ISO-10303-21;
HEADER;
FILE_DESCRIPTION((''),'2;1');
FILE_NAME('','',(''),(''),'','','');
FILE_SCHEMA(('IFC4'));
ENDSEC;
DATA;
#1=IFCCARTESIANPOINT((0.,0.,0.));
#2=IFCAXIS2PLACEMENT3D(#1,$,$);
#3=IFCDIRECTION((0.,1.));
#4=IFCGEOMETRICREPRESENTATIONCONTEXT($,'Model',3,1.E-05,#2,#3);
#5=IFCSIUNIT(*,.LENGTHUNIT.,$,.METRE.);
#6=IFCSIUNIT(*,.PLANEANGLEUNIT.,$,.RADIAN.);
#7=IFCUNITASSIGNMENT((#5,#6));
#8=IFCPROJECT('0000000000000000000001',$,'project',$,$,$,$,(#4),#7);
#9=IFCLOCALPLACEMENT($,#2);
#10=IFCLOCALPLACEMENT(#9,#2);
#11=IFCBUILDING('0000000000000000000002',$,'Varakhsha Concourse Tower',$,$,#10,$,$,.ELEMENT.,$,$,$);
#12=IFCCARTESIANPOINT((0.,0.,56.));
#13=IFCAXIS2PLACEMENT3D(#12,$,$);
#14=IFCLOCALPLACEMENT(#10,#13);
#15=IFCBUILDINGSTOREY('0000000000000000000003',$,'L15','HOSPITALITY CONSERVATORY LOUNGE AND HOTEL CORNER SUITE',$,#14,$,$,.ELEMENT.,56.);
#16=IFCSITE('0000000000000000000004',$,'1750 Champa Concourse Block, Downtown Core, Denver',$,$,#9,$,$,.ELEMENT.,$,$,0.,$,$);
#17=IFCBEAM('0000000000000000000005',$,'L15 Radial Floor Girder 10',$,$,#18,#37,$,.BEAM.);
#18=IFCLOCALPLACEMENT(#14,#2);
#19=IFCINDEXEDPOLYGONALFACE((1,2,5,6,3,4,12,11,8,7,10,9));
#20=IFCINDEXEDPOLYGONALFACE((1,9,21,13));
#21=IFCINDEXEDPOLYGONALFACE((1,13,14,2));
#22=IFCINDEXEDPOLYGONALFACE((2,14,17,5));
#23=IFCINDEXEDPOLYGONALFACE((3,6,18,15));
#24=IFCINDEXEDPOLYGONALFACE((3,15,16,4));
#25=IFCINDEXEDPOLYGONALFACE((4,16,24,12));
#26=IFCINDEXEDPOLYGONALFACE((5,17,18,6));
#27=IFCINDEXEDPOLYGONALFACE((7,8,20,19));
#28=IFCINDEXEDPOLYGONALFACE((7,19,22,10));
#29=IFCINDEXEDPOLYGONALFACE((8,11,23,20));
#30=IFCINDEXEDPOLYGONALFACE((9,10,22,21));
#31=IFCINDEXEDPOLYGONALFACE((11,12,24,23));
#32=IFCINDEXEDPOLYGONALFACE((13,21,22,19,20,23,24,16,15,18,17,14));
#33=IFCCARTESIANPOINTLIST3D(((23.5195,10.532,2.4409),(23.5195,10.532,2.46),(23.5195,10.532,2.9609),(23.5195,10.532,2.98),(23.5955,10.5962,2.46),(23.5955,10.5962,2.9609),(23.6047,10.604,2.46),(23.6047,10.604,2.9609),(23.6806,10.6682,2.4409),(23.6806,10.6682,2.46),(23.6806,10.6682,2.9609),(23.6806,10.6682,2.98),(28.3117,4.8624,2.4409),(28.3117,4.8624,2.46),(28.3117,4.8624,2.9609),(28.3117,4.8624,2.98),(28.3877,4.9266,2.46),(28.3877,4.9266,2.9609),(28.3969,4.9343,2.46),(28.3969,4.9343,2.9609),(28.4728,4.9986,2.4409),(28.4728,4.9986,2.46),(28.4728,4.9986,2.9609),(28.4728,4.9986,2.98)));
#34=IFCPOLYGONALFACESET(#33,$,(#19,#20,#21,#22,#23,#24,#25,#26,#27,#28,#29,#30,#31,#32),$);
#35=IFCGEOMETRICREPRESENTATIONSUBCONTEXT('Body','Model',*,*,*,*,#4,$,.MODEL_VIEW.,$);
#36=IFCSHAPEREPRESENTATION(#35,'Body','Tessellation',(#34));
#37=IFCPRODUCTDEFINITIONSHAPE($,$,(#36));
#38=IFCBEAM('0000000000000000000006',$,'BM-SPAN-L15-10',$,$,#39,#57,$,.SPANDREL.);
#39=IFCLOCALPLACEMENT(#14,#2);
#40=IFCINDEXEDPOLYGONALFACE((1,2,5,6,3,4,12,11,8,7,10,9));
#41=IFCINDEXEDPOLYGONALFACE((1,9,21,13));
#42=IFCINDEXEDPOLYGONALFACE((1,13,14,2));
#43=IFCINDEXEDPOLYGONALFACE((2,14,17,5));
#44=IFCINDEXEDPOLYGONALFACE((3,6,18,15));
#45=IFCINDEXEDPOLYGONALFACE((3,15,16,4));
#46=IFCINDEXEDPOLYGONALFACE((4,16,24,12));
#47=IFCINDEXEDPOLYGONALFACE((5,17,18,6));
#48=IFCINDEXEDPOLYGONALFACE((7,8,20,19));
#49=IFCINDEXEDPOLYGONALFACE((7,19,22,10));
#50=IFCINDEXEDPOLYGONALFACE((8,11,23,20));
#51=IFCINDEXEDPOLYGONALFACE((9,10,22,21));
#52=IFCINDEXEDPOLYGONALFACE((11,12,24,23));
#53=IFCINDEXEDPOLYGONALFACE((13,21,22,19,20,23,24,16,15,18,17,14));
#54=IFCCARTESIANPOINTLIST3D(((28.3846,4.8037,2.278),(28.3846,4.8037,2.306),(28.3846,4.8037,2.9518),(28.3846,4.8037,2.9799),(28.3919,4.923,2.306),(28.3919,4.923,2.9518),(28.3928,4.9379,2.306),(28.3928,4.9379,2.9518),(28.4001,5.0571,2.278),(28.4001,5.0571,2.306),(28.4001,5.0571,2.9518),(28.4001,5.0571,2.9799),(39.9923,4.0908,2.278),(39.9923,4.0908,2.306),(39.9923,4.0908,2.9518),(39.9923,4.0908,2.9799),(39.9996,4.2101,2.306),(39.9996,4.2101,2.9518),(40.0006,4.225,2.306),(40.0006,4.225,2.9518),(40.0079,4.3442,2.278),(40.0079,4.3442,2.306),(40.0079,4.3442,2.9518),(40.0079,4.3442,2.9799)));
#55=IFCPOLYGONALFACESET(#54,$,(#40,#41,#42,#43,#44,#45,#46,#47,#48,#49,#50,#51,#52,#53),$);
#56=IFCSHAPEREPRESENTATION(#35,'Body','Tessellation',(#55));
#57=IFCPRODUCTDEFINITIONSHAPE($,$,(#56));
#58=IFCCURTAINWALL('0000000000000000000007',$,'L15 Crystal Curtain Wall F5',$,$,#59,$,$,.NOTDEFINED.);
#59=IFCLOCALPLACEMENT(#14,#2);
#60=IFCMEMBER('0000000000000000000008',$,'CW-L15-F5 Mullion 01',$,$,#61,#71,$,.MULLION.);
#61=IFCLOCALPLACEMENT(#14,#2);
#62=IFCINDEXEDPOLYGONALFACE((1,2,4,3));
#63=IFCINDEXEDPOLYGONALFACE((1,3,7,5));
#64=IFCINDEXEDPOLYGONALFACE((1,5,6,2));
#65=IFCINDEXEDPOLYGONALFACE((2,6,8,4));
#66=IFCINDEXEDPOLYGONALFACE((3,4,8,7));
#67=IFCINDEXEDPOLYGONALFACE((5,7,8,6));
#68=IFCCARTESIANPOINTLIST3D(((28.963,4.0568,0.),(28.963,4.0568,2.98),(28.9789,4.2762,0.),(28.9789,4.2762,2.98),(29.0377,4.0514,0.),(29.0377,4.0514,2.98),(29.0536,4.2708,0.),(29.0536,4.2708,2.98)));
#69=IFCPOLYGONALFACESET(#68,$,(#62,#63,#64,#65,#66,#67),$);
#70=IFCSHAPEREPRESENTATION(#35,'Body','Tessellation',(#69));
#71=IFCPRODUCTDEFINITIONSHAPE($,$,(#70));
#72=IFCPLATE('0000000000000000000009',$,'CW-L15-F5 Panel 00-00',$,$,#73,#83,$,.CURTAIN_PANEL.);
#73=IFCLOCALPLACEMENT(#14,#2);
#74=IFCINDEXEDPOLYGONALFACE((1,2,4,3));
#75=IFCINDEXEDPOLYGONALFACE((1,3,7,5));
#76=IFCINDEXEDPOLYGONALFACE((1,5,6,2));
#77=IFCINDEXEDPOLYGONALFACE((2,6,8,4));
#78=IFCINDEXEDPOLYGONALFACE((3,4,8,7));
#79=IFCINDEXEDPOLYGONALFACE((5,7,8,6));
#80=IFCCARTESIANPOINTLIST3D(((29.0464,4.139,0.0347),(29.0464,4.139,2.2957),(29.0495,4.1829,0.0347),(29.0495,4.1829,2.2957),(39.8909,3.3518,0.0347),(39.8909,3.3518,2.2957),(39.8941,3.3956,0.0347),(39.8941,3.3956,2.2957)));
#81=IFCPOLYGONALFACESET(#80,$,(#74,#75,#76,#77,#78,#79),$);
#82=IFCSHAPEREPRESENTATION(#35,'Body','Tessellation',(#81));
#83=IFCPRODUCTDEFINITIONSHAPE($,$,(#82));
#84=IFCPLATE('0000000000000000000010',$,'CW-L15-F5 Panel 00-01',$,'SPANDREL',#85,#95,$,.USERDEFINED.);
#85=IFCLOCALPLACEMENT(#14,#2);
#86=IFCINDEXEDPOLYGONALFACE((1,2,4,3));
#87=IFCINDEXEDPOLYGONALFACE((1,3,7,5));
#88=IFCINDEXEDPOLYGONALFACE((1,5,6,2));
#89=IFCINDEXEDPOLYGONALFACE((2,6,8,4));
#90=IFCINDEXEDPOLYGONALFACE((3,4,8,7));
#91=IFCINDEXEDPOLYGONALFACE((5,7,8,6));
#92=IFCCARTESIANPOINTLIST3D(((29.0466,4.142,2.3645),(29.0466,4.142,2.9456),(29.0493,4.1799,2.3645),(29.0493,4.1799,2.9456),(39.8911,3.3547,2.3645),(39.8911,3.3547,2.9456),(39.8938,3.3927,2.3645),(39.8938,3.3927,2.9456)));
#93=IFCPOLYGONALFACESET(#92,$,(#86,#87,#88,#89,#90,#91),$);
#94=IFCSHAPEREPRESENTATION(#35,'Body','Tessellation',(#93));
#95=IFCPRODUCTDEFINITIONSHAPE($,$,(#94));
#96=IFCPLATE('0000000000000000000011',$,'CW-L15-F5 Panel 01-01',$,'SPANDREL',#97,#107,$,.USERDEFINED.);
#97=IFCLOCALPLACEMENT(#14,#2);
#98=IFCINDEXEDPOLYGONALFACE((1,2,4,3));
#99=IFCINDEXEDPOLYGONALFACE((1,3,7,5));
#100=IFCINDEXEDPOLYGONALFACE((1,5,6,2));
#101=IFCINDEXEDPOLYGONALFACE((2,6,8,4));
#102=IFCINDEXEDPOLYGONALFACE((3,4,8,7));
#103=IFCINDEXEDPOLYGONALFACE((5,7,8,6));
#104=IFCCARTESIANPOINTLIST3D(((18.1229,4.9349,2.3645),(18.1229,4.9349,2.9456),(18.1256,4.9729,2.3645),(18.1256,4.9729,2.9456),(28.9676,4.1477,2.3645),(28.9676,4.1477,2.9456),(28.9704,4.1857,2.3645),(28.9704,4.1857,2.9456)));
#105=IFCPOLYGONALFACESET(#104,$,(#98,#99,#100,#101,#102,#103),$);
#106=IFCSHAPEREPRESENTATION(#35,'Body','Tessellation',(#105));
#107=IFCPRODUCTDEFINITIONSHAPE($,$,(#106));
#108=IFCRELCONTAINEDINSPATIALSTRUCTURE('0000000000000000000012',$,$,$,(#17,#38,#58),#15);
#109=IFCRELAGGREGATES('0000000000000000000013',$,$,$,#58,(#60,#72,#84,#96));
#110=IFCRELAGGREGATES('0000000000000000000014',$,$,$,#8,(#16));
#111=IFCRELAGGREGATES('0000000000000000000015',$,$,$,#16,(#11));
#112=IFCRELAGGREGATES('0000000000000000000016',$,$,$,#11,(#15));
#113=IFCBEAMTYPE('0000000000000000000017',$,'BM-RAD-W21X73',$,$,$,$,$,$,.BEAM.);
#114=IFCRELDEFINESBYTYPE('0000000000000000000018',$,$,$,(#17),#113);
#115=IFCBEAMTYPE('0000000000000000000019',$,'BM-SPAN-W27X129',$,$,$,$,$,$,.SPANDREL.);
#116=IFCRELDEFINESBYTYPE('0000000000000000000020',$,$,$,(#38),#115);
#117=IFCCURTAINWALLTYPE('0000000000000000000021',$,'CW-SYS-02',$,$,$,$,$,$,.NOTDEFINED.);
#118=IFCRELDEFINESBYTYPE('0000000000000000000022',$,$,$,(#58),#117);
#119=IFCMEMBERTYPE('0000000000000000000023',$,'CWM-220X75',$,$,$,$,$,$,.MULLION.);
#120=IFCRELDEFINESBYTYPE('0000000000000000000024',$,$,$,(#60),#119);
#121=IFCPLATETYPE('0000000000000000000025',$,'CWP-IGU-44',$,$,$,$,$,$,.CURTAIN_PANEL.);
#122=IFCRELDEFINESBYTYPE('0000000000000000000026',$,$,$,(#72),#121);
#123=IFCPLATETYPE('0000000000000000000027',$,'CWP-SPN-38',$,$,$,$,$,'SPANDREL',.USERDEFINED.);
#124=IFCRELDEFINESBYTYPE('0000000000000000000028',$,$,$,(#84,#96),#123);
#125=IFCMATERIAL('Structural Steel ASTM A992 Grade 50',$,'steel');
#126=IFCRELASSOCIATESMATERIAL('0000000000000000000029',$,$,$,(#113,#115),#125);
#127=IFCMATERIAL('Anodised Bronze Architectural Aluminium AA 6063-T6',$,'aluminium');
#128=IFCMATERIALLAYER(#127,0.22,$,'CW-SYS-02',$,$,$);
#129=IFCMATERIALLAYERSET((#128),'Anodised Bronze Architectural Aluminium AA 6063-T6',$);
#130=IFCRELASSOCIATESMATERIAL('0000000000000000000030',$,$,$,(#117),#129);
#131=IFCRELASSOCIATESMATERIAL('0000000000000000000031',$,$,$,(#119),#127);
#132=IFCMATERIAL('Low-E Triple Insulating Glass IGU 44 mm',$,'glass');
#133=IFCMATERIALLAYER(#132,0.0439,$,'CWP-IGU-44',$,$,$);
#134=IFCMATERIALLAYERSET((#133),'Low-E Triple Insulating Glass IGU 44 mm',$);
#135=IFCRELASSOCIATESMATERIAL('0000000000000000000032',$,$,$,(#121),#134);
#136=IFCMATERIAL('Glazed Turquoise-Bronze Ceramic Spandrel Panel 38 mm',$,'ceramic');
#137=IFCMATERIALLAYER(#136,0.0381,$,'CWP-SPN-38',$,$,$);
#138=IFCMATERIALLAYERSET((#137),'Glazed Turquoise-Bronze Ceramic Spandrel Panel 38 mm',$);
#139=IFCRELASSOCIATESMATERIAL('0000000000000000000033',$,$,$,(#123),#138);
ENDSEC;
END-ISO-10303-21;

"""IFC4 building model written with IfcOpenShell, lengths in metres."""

from ifc_helpers import new_model, si_unit, direction, frame, origin, origin_2d, place, context, subcontext, project, spatial, rectangle, i_section, extrude, source, transform, mapped, material, layer, layer_set, material_profile, profile_set, type_object, type_shapes, element, aggregate, save


model = new_model("IFC4")

# Units and contexts
model_context = context("Model", 3, precision=1e-05, world=origin(), true_north=direction((0.0, 1.0)))
body_context = subcontext(model_context, "Body", "Model", "MODEL_VIEW")
ifc_project = project(units=[si_unit("LENGTHUNIT", "METRE"), si_unit("PLANEANGLEUNIT", "RADIAN")], contexts=[model_context])

# Site, building, storey
site_placement = place(None, origin())
site = spatial("IfcSite", under=ifc_project, at=site_placement, Name="1750 Champa Concourse Block, Downtown Core, Denver", CompositionType="ELEMENT", RefElevation=0.0)
building_placement = place(site_placement, origin())
building = spatial("IfcBuilding", under=site, at=building_placement, Name="Varakhsha Concourse Tower", CompositionType="ELEMENT")
storey_placement = place(building_placement, frame((0.0, 0.0, 56.0)))
storey = spatial("IfcBuildingStorey", under=building, at=storey_placement, Name="L15", Description="HOSPITALITY CONSERVATORY LOUNGE AND HOTEL CORNER SUITE", CompositionType="ELEMENT", Elevation=56.0)

# Shared definitions
ifc_material_1 = material(Name="Structural Steel ASTM A992 Grade 50", Category="steel")

# Beams
ifc_material_profile_1 = material_profile(ifc_material_1, i_section(OverallWidth=0.2109, OverallDepth=0.5391, WebThickness=0.012, FlangeThickness=0.019, at=origin_2d()), Name="W21X73")
ifc_profile_set_1 = profile_set([ifc_material_profile_1], Name="Structural Steel ASTM A992 Grade 50")
beam_type_1 = type_object("IfcBeamType", Name="BM-RAD-W21X73", PredefinedType="BEAM", material=ifc_profile_set_1)
beam_1_placement = place(storey_placement, frame((23.6001, 10.6001, 2.7104), z_axis=(0.645535, -0.76373, 0.0), x_axis=(0.76373, 0.645535, 0.0)))
element("IfcBeam", 1, at=beam_1_placement, inside=storey, type_object=beam_type_1, Name="L15 Radial Floor Girder 10", PredefinedType="BEAM", context=body_context, shape_type="SweptSolid", body=[
    extrude(i_section(OverallWidth=0.2109, OverallDepth=0.5391, WebThickness=0.012, FlangeThickness=0.019, at=origin_2d()), origin(), (0.0, 0.0, 1.0), 7.4236),
])
ifc_material_profile_2 = material_profile(ifc_material_1, i_section(OverallWidth=0.2539, OverallDepth=0.7019, WebThickness=0.0149, FlangeThickness=0.0281, at=origin_2d()), Name="W27X129")
ifc_profile_set_2 = profile_set([ifc_material_profile_2], Name="Structural Steel ASTM A992 Grade 50")
beam_type_2 = type_object("IfcBeamType", Name="BM-SPAN-W27X129", PredefinedType="SPANDREL", material=ifc_profile_set_2)
beam_2_placement = place(storey_placement, frame((28.3923, 4.9304, 2.6289), z_axis=(0.998119, -0.0613, 0.0), x_axis=(0.0613, 0.998119, 0.0)))
element("IfcBeam", 2, at=beam_2_placement, inside=storey, type_object=beam_type_2, Name="BM-SPAN-L15-10", PredefinedType="SPANDREL", context=body_context, shape_type="SweptSolid", body=[
    extrude(i_section(OverallWidth=0.2539, OverallDepth=0.7019, WebThickness=0.0149, FlangeThickness=0.0281, at=origin_2d()), origin(), (0.0, 0.0, 1.0), 11.6296),
])

# Curtain wall, member, plates
ifc_material_2 = material(Name="Anodised Bronze Architectural Aluminium AA 6063-T6", Category="aluminium")
ifc_layer_1 = layer(ifc_material_2, 0.22, Name="CW-SYS-02")
ifc_layer_set_1 = layer_set([ifc_layer_1], Name="Anodised Bronze Architectural Aluminium AA 6063-T6")
curtain_wall_type = type_object("IfcCurtainWallType", Name="CW-SYS-02", PredefinedType="NOTDEFINED", material=ifc_layer_set_1)
curtain_wall_placement = place(storey_placement, origin())
curtain_wall = element("IfcCurtainWall", 3, at=curtain_wall_placement, inside=storey, type_object=curtain_wall_type, Name="L15 Crystal Curtain Wall F5", PredefinedType="NOTDEFINED")
ifc_material_profile_3 = material_profile(ifc_material_2, rectangle(XDim=0.075, YDim=0.22, at=origin_2d()), Name="CWM-220X75")
ifc_profile_set_3 = profile_set([ifc_material_profile_3], Name="Anodised Bronze Architectural Aluminium AA 6063-T6")
member_type = type_object("IfcMemberType", Name="CWM-220X75", PredefinedType="MULLION", material=ifc_profile_set_3)
shared_shape_1 = source(origin(), body_context, "Body", "SweptSolid", [
    extrude(rectangle(XDim=0.075, YDim=0.22, at=origin_2d()), origin(), (0.0, 0.0, 1.0), 2.98),
])
type_shapes(member_type, [shared_shape_1])
member_placement = place(storey_placement, frame((29.0083, 4.1638, 0.0), z_axis=(0.0, 0.0, 1.0), x_axis=(-0.997376, 0.072401, 0.0)))
member = element("IfcMember", 4, at=member_placement, type_object=member_type, Name="CW-L15-F5 Mullion 01", PredefinedType="MULLION", context=body_context, shape_type="MappedRepresentation", body=[
    mapped(shared_shape_1, transform((0.0, 0.0, 0.0), scale=1.0)),
])
ifc_material_3 = material(Name="Low-E Triple Insulating Glass IGU 44 mm", Category="glass")
ifc_layer_2 = layer(ifc_material_3, 0.0439, Name="CWP-IGU-44")
ifc_layer_set_2 = layer_set([ifc_layer_2], Name="Low-E Triple Insulating Glass IGU 44 mm")
plate_type_1 = type_object("IfcPlateType", Name="CWP-IGU-44", PredefinedType="CURTAIN_PANEL", material=ifc_layer_set_2)
shared_shape_2 = source(origin(), body_context, "Body", "SweptSolid", [
    extrude(rectangle(XDim=10.873, YDim=0.0439, at=origin_2d()), origin(), (0.0, 0.0, 1.0), 2.261),
])
type_shapes(plate_type_1, [shared_shape_2])
plate_1_placement = place(storey_placement, frame((34.4702, 3.7673, 0.0347), z_axis=(0.0, 0.0, 1.0), x_axis=(-0.997376, 0.072401, 0.0)))
plate_1 = element("IfcPlate", 5, at=plate_1_placement, type_object=plate_type_1, Name="CW-L15-F5 Panel 00-00", PredefinedType="CURTAIN_PANEL", context=body_context, shape_type="MappedRepresentation", body=[
    mapped(shared_shape_2, transform((0.0, 0.0, 0.0), scale=1.0)),
])
ifc_material_4 = material(Name="Glazed Turquoise-Bronze Ceramic Spandrel Panel 38 mm", Category="ceramic")
ifc_layer_3 = layer(ifc_material_4, 0.0381, Name="CWP-SPN-38")
ifc_layer_set_3 = layer_set([ifc_layer_3], Name="Glazed Turquoise-Bronze Ceramic Spandrel Panel 38 mm")
plate_type_2 = type_object("IfcPlateType", Name="CWP-SPN-38", ElementType="SPANDREL", PredefinedType="USERDEFINED", material=ifc_layer_set_3)
shared_shape_3 = source(origin(), body_context, "Body", "SweptSolid", [
    extrude(rectangle(XDim=10.873, YDim=0.0381, at=origin_2d()), origin(), (0.0, 0.0, 1.0), 0.5811),
])
plate_2_placement = place(storey_placement, frame((34.4702, 3.7673, 2.3645), z_axis=(0.0, 0.0, 1.0), x_axis=(-0.997376, 0.072401, 0.0)))
plate_2 = element("IfcPlate", 6, at=plate_2_placement, type_object=plate_type_2, Name="CW-L15-F5 Panel 00-01", ObjectType="SPANDREL", PredefinedType="USERDEFINED", context=body_context, shape_type="MappedRepresentation", body=[
    mapped(shared_shape_3, transform((0.0, 0.0, 0.0), scale=1.0)),
])
shared_shape_4 = source(origin(), body_context, "Body", "SweptSolid", [
    extrude(rectangle(XDim=10.8733, YDim=0.0381, at=origin_2d()), origin(), (0.0, 0.0, 1.0), 0.5811),
])
type_shapes(plate_type_2, [shared_shape_3, shared_shape_4])
plate_3_placement = place(storey_placement, frame((23.5466, 4.5603, 2.3645), z_axis=(0.0, 0.0, 1.0), x_axis=(-0.997376, 0.072401, 0.0)))
plate_3 = element("IfcPlate", 7, at=plate_3_placement, type_object=plate_type_2, Name="CW-L15-F5 Panel 01-01", ObjectType="SPANDREL", PredefinedType="USERDEFINED", context=body_context, shape_type="MappedRepresentation", body=[
    mapped(shared_shape_4, transform((0.0, 0.0, 0.0), scale=1.0)),
])
aggregate(curtain_wall, [member, plate_1, plate_2, plate_3])

save(model, "model.ifc")
